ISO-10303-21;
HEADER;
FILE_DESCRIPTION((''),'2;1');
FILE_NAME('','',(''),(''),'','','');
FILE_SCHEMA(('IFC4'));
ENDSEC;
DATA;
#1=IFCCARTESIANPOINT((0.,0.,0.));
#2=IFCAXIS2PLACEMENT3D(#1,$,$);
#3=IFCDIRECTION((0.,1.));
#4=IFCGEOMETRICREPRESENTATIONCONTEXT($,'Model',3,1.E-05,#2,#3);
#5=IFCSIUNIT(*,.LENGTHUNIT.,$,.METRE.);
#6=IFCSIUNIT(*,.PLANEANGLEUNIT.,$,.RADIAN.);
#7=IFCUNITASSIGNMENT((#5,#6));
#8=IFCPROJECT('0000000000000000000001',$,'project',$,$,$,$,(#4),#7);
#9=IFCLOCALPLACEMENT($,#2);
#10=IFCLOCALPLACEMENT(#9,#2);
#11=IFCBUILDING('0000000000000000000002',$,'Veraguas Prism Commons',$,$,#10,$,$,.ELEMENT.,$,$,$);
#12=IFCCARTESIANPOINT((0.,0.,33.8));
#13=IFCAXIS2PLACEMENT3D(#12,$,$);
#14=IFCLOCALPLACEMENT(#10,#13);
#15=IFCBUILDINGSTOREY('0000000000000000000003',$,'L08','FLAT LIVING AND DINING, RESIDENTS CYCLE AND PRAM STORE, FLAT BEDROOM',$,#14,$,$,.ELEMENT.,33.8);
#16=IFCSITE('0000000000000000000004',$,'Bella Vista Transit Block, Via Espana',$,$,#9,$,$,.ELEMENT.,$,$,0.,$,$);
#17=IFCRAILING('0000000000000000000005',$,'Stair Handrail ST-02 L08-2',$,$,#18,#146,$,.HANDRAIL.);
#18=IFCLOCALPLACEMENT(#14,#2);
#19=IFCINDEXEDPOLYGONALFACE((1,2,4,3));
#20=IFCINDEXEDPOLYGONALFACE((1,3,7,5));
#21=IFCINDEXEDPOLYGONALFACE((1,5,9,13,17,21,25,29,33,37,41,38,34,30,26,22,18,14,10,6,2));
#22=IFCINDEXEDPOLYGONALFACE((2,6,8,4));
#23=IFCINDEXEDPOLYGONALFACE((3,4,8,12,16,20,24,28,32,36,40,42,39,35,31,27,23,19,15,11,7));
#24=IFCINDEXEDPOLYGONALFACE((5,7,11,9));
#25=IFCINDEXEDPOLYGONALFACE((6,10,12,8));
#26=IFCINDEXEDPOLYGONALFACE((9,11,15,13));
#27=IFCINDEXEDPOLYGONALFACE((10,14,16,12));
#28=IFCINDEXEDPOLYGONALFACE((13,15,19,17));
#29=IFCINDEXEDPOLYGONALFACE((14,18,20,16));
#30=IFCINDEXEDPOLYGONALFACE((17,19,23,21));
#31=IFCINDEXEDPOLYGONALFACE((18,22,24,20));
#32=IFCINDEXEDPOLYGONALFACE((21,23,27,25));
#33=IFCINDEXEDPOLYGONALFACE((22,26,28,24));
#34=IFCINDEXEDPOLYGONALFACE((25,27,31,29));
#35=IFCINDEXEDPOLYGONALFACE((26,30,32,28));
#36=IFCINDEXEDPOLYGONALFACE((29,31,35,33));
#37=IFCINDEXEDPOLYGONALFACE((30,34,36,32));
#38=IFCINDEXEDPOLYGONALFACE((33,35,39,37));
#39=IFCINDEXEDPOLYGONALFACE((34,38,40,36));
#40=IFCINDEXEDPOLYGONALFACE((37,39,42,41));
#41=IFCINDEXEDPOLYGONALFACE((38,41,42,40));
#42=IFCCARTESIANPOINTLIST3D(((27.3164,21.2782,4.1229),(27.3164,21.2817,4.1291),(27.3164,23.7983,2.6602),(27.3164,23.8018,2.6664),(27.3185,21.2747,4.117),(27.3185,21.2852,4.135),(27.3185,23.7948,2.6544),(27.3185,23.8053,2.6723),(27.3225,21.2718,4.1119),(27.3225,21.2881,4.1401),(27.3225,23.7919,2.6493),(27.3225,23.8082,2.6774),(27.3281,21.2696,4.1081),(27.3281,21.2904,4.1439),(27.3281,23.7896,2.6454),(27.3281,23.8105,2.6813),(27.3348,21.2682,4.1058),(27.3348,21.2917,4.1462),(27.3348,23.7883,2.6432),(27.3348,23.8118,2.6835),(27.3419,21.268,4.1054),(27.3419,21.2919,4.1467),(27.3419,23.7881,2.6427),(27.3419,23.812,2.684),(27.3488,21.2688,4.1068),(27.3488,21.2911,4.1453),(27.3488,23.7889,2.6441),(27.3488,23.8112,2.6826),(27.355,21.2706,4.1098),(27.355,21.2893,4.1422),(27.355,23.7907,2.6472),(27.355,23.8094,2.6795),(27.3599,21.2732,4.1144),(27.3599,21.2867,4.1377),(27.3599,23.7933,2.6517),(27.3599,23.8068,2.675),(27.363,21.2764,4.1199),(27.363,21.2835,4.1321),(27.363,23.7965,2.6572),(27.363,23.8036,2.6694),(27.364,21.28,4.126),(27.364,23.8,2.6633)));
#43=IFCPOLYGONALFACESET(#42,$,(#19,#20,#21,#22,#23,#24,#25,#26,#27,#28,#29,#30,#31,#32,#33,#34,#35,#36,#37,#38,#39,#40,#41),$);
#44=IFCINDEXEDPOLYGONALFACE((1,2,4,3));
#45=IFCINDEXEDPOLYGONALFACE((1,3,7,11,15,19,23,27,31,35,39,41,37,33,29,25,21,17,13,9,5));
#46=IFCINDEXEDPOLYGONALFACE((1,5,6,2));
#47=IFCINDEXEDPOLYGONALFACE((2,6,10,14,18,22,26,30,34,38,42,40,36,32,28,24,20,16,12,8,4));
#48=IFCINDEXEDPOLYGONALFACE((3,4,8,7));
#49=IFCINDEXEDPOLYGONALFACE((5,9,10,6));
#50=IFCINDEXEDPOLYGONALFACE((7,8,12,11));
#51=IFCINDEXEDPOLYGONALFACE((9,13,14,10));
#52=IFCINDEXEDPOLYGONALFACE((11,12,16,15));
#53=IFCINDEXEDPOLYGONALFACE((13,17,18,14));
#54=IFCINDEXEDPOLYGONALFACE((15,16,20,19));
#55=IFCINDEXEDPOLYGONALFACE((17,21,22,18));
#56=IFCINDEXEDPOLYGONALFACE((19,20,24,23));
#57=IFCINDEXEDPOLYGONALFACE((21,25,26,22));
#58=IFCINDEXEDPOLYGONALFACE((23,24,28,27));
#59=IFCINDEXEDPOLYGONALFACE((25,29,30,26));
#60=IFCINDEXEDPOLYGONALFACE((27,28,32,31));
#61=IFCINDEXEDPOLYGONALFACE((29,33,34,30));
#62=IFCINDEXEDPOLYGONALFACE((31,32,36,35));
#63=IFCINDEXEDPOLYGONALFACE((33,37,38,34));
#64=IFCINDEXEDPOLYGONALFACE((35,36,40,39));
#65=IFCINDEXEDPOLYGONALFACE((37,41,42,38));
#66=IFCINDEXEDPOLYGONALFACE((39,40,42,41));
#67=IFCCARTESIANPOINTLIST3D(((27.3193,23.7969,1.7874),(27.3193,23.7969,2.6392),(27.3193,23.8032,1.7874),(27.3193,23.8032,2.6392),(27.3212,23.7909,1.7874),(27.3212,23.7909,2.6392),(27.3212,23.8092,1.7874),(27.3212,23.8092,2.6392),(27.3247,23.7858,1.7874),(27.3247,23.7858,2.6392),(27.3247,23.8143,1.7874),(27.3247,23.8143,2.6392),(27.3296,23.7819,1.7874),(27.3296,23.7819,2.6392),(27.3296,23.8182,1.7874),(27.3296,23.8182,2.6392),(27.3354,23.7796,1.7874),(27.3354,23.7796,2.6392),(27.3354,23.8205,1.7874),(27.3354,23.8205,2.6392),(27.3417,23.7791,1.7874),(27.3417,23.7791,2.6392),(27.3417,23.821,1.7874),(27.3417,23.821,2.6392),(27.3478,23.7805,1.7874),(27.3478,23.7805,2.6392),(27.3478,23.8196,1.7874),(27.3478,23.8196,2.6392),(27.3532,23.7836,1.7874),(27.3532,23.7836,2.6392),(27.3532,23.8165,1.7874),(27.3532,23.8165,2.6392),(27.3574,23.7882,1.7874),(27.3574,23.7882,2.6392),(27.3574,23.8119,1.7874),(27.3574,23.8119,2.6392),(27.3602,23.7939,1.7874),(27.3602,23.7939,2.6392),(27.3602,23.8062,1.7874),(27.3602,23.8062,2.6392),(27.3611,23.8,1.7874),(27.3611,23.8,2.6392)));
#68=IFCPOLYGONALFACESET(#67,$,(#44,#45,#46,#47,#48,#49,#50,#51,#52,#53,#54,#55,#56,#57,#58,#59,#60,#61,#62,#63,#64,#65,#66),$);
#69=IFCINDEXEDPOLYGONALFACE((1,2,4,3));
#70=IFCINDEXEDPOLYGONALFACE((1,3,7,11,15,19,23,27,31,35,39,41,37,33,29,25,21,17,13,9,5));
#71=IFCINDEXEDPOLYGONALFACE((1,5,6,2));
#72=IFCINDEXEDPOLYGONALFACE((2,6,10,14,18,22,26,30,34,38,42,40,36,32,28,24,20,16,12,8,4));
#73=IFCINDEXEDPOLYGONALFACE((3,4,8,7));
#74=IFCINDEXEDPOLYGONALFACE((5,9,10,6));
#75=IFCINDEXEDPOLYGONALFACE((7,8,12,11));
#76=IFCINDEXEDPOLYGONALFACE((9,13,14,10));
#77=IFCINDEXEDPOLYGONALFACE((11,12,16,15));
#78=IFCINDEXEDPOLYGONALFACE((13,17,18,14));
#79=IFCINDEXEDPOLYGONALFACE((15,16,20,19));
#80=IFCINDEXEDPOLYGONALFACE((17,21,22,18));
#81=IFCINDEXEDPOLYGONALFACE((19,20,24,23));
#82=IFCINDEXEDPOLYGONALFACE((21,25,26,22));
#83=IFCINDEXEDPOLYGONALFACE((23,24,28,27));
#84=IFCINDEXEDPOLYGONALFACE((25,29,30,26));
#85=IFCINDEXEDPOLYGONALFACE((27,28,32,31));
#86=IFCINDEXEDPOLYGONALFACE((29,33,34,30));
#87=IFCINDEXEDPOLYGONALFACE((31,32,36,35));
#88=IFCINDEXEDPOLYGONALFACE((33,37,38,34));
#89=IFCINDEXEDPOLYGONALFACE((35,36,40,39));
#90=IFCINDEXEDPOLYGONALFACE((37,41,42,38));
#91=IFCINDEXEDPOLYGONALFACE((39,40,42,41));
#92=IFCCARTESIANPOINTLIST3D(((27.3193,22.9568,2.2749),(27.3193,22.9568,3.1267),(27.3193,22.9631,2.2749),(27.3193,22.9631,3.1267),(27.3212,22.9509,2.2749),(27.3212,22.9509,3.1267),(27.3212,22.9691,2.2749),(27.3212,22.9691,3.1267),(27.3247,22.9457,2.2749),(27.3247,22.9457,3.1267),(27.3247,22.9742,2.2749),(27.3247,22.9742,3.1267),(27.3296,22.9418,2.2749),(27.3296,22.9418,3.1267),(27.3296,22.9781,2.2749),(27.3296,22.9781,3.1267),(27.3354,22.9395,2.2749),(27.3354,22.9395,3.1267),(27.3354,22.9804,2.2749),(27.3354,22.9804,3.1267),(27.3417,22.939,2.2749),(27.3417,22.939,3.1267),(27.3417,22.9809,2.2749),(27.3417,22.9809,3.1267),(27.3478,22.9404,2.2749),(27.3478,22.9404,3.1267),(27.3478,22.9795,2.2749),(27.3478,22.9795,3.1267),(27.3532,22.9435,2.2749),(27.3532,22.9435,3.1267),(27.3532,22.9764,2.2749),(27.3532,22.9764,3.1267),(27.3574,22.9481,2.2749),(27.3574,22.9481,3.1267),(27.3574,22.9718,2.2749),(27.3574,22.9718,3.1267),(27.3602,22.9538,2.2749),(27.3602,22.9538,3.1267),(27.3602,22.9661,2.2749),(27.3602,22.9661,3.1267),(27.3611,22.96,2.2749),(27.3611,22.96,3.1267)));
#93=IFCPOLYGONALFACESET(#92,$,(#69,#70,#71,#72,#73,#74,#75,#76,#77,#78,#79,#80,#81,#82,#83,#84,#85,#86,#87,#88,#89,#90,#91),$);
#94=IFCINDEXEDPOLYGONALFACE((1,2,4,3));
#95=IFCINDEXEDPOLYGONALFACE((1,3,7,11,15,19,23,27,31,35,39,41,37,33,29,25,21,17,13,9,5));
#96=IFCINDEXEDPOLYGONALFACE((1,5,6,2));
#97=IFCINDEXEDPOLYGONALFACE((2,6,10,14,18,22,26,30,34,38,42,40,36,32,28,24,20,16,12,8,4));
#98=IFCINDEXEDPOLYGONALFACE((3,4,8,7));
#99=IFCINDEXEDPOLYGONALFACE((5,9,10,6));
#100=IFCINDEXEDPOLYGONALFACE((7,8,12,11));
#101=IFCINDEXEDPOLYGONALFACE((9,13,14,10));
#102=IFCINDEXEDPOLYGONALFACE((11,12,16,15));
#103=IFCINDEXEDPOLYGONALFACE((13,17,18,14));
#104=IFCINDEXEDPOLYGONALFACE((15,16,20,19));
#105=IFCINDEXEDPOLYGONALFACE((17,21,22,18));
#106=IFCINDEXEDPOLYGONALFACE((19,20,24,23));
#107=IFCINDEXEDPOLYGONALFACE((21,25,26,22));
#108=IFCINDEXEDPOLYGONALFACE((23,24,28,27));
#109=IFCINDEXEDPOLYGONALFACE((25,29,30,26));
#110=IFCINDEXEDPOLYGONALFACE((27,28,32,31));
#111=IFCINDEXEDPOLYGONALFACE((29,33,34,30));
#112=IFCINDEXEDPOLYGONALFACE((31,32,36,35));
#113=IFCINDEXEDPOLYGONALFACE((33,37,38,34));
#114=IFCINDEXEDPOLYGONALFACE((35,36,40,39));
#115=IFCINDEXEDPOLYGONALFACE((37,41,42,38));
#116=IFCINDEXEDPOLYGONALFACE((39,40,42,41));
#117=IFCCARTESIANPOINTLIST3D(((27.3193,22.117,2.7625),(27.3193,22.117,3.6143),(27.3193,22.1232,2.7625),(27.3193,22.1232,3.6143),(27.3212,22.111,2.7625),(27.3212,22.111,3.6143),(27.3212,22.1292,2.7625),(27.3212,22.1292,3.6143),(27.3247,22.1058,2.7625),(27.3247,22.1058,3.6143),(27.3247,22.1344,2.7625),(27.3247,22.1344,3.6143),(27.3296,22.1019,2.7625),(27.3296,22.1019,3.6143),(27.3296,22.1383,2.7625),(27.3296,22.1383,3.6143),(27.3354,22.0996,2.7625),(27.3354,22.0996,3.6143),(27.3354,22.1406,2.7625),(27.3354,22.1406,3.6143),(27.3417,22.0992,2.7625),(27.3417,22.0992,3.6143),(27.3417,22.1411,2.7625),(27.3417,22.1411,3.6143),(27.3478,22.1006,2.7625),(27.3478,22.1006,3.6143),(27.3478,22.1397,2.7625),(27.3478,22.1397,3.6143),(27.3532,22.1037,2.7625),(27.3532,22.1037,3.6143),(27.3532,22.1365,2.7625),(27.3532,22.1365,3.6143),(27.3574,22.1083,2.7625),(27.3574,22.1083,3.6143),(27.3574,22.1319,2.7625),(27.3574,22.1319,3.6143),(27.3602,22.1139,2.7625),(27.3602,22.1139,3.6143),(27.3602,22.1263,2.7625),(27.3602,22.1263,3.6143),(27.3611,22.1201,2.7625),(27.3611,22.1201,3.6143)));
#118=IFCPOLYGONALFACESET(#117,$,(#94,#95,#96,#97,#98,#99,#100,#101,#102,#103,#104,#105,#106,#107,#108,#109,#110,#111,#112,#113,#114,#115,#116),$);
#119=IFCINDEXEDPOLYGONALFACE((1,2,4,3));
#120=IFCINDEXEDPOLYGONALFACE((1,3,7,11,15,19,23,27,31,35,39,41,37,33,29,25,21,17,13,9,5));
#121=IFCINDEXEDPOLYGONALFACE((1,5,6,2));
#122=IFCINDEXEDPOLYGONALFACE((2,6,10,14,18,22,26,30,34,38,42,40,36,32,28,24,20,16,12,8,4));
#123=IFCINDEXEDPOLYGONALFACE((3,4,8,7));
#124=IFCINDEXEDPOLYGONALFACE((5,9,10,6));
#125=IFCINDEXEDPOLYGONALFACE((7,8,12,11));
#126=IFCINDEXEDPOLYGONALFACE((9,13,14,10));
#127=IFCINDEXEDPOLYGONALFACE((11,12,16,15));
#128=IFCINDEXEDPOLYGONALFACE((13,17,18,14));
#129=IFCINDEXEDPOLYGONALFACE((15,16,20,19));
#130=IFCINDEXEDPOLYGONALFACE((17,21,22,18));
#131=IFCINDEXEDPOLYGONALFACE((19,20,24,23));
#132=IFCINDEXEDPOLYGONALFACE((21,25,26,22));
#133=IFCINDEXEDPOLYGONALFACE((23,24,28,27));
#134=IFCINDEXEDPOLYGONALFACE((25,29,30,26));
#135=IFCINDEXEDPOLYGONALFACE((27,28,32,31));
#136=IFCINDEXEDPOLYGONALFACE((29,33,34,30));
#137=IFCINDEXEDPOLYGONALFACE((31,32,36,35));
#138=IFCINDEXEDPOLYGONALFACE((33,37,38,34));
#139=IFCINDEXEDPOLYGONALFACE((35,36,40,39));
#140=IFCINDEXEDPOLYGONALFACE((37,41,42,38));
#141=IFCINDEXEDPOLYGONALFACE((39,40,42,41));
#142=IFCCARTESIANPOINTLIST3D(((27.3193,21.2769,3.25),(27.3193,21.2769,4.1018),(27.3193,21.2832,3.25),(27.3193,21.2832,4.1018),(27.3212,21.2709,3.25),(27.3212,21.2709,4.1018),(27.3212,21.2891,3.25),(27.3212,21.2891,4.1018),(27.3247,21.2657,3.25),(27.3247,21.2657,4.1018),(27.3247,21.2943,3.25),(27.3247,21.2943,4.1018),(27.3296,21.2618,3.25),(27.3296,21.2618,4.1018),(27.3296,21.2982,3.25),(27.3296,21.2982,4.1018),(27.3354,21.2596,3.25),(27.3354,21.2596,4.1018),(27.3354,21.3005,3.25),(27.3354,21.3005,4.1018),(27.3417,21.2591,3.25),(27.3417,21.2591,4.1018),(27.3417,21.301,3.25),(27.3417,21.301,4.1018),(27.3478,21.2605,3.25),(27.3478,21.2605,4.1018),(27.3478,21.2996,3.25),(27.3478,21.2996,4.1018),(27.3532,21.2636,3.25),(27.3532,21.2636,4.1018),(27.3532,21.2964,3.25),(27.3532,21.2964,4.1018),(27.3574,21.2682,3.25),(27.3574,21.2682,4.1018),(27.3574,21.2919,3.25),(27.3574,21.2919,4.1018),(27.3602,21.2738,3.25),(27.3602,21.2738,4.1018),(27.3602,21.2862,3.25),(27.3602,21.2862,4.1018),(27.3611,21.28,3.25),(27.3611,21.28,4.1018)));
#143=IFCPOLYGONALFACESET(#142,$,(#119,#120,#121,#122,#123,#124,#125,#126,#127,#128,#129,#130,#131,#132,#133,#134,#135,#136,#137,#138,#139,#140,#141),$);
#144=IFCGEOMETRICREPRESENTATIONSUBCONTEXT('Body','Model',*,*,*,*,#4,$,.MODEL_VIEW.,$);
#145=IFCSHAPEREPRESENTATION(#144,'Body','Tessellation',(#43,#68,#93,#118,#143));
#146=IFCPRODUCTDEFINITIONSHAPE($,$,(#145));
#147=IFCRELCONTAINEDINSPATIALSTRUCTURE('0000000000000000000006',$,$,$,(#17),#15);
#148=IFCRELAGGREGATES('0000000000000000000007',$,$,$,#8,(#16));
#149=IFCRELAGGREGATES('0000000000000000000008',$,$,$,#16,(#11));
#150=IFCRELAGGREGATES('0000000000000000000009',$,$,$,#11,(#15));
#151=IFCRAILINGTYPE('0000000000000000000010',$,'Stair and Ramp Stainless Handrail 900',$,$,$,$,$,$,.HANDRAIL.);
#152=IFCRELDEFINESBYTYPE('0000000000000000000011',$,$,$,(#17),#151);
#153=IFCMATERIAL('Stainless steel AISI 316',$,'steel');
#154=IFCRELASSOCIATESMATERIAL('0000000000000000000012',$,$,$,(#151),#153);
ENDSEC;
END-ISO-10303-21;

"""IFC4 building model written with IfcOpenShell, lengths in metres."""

from ifc_helpers import new_model, si_unit, direction, frame, origin, origin_2d, place, context, subcontext, project, spatial, circle, extrude, material, type_object, element, save


model = new_model("IFC4")

# Units and contexts
model_context = context("Model", 3, precision=1e-05, world=origin(), true_north=direction((0.0, 1.0)))
body_context = subcontext(model_context, "Body", "Model", "MODEL_VIEW")
ifc_project = project(units=[si_unit("LENGTHUNIT", "METRE"), si_unit("PLANEANGLEUNIT", "RADIAN")], contexts=[model_context])

# Site, building, storey
site_placement = place(None, origin())
site = spatial("IfcSite", under=ifc_project, at=site_placement, Name="Bella Vista Transit Block, Via Espana", CompositionType="ELEMENT", RefElevation=0.0)
building_placement = place(site_placement, origin())
building = spatial("IfcBuilding", under=site, at=building_placement, Name="Veraguas Prism Commons", CompositionType="ELEMENT")
storey_placement = place(building_placement, frame((0.0, 0.0, 33.8)))
storey = spatial("IfcBuildingStorey", under=building, at=storey_placement, Name="L08", Description="FLAT LIVING AND DINING, RESIDENTS CYCLE AND PRAM STORE, FLAT BEDROOM", CompositionType="ELEMENT", Elevation=33.8)

# Railing
ifc_material_1 = material(Name="Stainless steel AISI 316", Category="steel")
railing_type_1 = type_object("IfcRailingType", Name="Stair and Ramp Stainless Handrail 900", PredefinedType="HANDRAIL", material=ifc_material_1)
railing_1_placement = place(storey_placement, frame((27.3401, 23.8, 1.7874)))
element("IfcRailing", 1, at=railing_1_placement, inside=storey, type_object=railing_type_1, Name="Stair Handrail ST-02 L08-2", PredefinedType="HANDRAIL", context=body_context, shape_type="SweptSolid", body=[
    extrude(circle(Radius=0.0239, at=origin_2d()), frame((0.0, 0.0, 0.876), z_axis=(0.0, -0.864877, 0.501984), x_axis=(1.0, 0.0, 0.0)), (0.0, 0.0, 1.0), 2.9138),
    extrude(circle(Radius=0.021, at=origin_2d()), origin(), (0.0, 0.0, 1.0), 0.8518),
    extrude(circle(Radius=0.021, at=origin_2d()), frame((0.0, -0.8401, 0.4875)), (0.0, 0.0, 1.0), 0.8518),
    extrude(circle(Radius=0.021, at=origin_2d()), frame((0.0, -1.6799, 0.9751)), (0.0, 0.0, 1.0), 0.8518),
    extrude(circle(Radius=0.021, at=origin_2d()), frame((0.0, -2.52, 1.4626)), (0.0, 0.0, 1.0), 0.8518),
])

save(model, "model.ifc")
